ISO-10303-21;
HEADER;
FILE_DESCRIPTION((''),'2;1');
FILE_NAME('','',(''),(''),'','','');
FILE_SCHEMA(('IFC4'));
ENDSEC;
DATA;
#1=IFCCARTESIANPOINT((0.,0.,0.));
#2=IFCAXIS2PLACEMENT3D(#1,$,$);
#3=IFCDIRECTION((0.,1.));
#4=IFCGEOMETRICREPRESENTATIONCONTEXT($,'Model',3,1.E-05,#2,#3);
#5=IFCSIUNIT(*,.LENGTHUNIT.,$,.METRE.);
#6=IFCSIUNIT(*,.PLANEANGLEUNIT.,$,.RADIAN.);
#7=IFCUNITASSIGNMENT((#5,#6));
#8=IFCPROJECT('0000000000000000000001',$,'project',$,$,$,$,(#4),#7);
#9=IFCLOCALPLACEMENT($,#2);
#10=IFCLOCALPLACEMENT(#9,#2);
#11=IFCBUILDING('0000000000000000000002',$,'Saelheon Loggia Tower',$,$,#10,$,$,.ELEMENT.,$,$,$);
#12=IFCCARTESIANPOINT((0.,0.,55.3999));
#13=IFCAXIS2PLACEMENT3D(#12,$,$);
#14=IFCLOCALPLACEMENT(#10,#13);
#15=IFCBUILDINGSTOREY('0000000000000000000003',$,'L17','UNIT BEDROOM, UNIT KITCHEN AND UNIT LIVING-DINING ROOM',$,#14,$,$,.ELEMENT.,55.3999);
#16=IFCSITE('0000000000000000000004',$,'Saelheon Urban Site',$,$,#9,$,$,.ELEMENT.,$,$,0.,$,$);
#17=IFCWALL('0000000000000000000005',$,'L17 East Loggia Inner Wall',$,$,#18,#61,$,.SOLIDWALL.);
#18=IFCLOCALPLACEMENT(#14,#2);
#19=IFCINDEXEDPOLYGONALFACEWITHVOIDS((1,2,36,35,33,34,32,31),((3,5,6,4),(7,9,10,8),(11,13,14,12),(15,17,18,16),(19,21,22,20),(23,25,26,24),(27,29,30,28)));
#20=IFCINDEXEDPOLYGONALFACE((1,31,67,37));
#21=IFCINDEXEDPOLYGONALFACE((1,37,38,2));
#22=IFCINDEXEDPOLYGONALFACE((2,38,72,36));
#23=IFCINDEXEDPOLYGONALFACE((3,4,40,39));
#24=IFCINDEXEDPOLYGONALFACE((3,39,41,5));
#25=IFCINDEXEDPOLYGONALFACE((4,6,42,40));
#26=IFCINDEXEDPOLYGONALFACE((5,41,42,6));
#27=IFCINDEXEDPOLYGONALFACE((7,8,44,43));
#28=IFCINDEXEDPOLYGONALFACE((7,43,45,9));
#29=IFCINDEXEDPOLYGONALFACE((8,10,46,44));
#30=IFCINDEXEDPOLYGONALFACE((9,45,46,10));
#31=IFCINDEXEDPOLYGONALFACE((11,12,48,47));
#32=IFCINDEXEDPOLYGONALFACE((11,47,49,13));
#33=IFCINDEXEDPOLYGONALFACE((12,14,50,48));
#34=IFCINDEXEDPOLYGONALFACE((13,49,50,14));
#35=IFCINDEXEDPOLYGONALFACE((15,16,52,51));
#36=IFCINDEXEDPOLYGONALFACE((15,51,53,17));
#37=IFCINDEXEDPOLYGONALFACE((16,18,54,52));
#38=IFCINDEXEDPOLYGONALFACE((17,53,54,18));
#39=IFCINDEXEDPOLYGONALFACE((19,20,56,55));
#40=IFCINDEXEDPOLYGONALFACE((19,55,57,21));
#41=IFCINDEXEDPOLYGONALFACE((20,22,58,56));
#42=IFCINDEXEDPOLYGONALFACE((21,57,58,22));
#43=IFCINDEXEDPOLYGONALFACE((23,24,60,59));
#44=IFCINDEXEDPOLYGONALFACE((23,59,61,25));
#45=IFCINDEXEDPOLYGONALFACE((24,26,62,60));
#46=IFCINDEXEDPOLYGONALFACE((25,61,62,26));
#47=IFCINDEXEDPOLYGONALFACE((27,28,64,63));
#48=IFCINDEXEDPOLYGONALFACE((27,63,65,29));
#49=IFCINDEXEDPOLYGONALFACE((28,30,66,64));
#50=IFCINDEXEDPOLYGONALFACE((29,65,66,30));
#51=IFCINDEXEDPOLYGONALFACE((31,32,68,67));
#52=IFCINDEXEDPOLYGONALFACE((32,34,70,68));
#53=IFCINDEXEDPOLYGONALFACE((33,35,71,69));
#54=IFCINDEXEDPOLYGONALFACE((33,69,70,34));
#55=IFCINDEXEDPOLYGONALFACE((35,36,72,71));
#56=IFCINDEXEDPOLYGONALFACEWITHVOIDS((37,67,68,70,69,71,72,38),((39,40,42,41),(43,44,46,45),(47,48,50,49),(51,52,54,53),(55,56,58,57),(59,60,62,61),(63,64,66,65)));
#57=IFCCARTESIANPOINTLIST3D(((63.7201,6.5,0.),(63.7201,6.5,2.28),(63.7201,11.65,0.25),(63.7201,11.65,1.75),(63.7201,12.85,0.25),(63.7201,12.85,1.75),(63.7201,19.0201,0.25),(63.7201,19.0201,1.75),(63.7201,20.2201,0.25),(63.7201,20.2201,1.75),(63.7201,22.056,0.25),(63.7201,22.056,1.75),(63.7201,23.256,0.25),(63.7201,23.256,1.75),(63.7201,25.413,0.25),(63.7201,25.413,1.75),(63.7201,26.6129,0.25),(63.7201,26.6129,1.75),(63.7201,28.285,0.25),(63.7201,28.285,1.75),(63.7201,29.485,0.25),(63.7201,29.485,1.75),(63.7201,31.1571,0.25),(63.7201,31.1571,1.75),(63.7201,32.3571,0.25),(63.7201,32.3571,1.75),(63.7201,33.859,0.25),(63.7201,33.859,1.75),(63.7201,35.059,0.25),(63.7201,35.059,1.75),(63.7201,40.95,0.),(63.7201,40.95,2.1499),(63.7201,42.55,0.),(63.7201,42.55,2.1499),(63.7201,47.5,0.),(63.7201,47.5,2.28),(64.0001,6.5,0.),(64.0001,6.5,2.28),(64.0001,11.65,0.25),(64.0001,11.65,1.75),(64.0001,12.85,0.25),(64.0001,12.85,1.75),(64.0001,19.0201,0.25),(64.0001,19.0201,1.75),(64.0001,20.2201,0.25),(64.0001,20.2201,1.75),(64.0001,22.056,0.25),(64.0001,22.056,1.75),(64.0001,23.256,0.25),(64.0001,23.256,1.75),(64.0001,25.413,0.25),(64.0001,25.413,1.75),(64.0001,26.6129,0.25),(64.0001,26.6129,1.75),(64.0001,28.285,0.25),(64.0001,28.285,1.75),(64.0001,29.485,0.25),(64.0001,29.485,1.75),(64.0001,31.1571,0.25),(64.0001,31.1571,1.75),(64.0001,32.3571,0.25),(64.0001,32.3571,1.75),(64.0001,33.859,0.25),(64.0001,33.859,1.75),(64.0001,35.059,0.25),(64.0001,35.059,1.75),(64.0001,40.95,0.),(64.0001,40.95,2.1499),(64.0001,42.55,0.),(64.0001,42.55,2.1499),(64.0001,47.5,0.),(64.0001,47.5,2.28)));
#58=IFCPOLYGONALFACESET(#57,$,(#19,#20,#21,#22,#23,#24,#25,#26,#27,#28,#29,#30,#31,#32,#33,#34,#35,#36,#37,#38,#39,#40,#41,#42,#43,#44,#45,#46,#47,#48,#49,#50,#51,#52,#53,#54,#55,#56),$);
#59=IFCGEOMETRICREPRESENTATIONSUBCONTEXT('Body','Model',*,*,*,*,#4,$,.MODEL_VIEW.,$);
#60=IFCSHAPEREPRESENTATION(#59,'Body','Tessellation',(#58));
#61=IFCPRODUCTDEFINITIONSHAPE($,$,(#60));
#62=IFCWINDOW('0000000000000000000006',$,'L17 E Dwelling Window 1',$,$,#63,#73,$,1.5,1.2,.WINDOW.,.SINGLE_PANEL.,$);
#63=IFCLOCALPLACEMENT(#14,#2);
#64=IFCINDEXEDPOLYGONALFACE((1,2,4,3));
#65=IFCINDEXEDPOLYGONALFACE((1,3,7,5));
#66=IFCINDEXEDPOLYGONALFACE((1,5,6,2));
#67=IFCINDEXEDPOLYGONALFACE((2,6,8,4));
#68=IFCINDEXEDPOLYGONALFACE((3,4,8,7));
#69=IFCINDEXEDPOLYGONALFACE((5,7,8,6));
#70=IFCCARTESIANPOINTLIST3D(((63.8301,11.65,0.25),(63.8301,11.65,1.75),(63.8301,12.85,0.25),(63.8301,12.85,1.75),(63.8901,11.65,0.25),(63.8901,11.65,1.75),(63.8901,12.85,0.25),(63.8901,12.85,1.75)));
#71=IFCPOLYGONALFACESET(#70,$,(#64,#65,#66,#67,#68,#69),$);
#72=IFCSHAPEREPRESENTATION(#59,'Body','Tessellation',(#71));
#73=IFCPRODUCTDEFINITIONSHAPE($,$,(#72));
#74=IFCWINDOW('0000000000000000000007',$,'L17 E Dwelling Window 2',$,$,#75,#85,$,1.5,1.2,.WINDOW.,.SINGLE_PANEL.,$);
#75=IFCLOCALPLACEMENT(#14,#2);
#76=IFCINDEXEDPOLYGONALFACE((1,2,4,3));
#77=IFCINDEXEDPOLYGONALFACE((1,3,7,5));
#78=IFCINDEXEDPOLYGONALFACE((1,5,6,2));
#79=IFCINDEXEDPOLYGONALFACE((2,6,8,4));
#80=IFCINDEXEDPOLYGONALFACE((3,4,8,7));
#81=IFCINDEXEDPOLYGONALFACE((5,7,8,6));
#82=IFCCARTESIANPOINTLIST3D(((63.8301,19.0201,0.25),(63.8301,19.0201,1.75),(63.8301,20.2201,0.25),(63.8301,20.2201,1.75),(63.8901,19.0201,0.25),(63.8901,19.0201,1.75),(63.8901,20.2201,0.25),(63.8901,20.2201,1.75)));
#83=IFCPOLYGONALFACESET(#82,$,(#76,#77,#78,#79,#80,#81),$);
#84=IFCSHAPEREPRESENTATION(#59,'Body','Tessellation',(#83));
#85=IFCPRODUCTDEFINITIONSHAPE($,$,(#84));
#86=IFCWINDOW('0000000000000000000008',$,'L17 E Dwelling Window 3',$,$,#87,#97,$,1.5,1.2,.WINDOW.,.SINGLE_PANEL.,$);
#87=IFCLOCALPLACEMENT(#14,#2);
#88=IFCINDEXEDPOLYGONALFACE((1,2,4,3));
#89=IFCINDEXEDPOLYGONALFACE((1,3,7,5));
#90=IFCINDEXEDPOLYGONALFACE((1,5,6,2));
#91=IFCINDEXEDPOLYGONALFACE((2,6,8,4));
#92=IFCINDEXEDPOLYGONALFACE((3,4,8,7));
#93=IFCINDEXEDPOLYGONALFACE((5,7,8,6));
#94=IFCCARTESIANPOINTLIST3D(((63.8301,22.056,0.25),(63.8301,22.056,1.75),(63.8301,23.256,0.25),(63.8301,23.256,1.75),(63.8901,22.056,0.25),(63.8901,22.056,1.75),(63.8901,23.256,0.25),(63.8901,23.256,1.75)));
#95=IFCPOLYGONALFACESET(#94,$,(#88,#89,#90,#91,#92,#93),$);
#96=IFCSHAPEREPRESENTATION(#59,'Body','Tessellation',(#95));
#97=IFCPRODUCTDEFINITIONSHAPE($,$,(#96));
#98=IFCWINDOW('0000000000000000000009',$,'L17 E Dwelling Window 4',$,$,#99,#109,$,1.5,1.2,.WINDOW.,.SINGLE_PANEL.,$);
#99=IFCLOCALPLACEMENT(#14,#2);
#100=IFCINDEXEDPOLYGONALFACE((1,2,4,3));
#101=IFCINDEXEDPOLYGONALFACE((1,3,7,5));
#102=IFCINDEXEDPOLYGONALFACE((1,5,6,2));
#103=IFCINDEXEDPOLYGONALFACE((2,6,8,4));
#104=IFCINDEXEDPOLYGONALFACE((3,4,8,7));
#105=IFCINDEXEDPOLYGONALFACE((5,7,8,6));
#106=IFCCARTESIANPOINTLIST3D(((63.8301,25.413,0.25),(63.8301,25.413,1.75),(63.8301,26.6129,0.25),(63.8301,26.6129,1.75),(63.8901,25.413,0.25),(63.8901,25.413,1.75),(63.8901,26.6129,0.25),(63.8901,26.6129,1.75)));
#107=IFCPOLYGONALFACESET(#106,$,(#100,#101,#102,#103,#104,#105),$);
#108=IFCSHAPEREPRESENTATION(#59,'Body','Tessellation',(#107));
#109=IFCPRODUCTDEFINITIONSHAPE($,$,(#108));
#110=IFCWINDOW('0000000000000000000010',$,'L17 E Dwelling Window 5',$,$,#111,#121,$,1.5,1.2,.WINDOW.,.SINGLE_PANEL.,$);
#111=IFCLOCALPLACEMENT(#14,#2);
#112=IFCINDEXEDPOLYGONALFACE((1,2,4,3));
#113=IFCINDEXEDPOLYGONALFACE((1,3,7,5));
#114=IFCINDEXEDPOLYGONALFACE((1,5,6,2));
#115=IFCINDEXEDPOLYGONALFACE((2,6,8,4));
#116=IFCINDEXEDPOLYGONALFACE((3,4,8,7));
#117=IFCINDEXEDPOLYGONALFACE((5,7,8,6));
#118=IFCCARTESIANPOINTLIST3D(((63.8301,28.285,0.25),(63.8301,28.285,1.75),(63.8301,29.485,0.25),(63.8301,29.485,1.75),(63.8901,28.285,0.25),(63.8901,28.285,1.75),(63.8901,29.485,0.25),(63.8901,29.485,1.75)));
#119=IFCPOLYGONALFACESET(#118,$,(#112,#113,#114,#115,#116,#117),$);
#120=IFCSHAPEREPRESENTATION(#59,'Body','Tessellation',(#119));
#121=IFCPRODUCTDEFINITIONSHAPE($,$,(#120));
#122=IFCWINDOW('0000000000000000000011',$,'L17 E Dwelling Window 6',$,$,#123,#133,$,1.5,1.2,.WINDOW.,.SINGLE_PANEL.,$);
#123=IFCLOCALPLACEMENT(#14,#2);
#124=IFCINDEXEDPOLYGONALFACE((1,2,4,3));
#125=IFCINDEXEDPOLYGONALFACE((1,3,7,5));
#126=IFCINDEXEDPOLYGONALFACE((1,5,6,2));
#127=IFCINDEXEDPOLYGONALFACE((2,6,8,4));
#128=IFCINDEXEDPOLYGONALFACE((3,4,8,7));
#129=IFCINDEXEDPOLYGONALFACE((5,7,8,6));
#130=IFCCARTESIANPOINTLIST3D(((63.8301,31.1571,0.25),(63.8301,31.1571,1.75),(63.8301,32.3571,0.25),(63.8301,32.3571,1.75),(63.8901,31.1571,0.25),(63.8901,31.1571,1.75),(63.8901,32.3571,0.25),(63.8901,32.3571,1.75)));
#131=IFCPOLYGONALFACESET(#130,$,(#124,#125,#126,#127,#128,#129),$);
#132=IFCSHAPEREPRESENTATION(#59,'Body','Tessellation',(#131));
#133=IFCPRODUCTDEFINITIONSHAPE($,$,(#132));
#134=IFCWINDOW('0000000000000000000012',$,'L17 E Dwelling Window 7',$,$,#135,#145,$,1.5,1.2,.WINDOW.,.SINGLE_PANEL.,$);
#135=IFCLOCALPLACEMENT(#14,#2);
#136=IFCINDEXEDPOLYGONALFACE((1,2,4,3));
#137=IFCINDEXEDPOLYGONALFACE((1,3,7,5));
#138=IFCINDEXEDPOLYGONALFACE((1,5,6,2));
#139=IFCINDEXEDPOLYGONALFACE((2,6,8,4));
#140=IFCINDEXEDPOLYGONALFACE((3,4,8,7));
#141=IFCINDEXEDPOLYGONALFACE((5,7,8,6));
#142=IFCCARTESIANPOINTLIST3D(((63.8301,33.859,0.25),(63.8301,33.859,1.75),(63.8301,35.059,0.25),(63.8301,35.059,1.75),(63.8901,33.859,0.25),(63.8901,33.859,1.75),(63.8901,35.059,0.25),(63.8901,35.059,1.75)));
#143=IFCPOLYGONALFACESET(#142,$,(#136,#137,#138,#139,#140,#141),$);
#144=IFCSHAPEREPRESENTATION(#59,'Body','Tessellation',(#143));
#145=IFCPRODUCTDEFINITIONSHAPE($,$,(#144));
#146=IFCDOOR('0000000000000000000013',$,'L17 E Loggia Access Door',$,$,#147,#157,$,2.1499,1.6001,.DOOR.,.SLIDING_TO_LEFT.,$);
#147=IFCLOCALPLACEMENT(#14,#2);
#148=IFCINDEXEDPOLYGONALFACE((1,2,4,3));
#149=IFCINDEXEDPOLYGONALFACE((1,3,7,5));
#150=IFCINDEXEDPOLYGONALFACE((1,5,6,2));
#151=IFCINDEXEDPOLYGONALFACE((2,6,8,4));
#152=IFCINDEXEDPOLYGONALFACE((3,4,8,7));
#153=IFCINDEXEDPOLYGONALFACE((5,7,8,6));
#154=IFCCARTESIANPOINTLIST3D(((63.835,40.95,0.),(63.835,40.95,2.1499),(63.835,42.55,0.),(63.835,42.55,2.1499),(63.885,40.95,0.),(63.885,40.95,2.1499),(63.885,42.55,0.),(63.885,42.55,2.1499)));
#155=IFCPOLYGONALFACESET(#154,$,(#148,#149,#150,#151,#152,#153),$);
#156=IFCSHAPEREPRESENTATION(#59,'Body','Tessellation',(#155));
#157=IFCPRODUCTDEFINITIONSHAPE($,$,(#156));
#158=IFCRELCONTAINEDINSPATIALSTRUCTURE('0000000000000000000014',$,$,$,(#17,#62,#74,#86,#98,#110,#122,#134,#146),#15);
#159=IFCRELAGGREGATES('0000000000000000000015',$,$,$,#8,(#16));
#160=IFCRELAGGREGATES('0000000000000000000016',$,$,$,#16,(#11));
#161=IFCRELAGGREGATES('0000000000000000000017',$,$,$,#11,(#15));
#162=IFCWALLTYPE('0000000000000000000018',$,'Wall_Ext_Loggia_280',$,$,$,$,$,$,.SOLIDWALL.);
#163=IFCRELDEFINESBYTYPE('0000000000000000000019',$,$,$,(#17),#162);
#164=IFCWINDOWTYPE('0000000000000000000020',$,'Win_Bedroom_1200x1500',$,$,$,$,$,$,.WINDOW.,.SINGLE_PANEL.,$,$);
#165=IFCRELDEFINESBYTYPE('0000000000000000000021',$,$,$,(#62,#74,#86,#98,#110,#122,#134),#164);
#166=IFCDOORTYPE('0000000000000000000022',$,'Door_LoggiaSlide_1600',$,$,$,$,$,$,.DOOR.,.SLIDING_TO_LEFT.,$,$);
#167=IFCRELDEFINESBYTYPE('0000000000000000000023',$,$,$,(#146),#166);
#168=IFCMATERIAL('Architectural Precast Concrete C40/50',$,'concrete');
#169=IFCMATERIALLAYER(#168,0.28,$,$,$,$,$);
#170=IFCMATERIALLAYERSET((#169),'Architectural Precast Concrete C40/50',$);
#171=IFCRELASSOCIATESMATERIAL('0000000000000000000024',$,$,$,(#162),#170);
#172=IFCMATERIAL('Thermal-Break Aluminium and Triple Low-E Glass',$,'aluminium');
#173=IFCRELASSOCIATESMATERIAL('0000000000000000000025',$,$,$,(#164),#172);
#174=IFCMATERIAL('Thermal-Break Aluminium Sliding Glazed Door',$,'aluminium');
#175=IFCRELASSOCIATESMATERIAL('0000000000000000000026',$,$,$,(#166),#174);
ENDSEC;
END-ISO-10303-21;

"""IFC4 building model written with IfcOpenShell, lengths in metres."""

from ifc_helpers import new_model, si_unit, direction, frame, frame_2d, origin, place, context, subcontext, project, spatial, rectangle, extrude, source, transform, mapped, material, layer, layer_set, type_object, element, fill, save


model = new_model("IFC4")

# Units and contexts
model_context = context("Model", 3, precision=1e-05, world=origin(), true_north=direction((0.0, 1.0)))
body_context = subcontext(model_context, "Body", "Model", "MODEL_VIEW")
ifc_project = project(units=[si_unit("LENGTHUNIT", "METRE"), si_unit("PLANEANGLEUNIT", "RADIAN")], contexts=[model_context])

# Site, building, storey
site_placement = place(None, origin())
site = spatial("IfcSite", under=ifc_project, at=site_placement, Name="Saelheon Urban Site", CompositionType="ELEMENT", RefElevation=0.0)
building_placement = place(site_placement, origin())
building = spatial("IfcBuilding", under=site, at=building_placement, Name="Saelheon Loggia Tower", CompositionType="ELEMENT")
storey_placement = place(building_placement, frame((0.0, 0.0, 55.3999)))
storey = spatial("IfcBuildingStorey", under=building, at=storey_placement, Name="L17", Description="UNIT BEDROOM, UNIT KITCHEN AND UNIT LIVING-DINING ROOM", CompositionType="ELEMENT", Elevation=55.3999)

# Wall, openings, windows, door
ifc_material_1 = material(Name="Architectural Precast Concrete C40/50", Category="concrete")
ifc_layer_1 = layer(ifc_material_1, 0.28)
ifc_layer_set_1 = layer_set([ifc_layer_1], Name="Architectural Precast Concrete C40/50")
wall_type_1 = type_object("IfcWallType", Name="Wall_Ext_Loggia_280", PredefinedType="SOLIDWALL", material=ifc_layer_set_1)
wall_1_placement = place(storey_placement, frame((63.8601, 6.5, 0.0), z_axis=(0.0, 0.0, 1.0), x_axis=(0.0, 1.0, 0.0)))
wall_1 = element("IfcWall", 1, at=wall_1_placement, inside=storey, type_object=wall_type_1, Name="L17 East Loggia Inner Wall", PredefinedType="SOLIDWALL", context=body_context, shape_type="SweptSolid", body=[
    extrude(rectangle(XDim=41.0, YDim=0.28, at=frame_2d((20.5, 0.0))), origin(), (0.0, 0.0, 1.0), 2.28),
])
opening_1_placement = place(wall_1_placement, frame((5.1499, 0.0, 0.25)))
opening_1 = element("IfcOpeningElement", 2, at=opening_1_placement, cuts=wall_1, PredefinedType="OPENING", context=body_context, shape_type="SweptSolid", body=[
    extrude(rectangle(XDim=1.2, YDim=1.5, at=frame_2d((0.6001, 0.75))), frame((0.0, 0.1521, 0.0), z_axis=(0.0, -1.0, 0.0), x_axis=(1.0, 0.0, 0.0)), (0.0, 0.0, 1.0), 0.304),
])
opening_2_placement = place(wall_1_placement, frame((12.52, 0.0, 0.25)))
opening_2 = element("IfcOpeningElement", 3, at=opening_2_placement, cuts=wall_1, PredefinedType="OPENING", context=body_context, shape_type="SweptSolid", body=[
    extrude(rectangle(XDim=1.2, YDim=1.5, at=frame_2d((0.6001, 0.75))), frame((0.0, 0.1521, 0.0), z_axis=(0.0, -1.0, 0.0), x_axis=(1.0, 0.0, 0.0)), (0.0, 0.0, 1.0), 0.304),
])
opening_3_placement = place(wall_1_placement, frame((15.5559, 0.0, 0.25)))
opening_3 = element("IfcOpeningElement", 4, at=opening_3_placement, cuts=wall_1, PredefinedType="OPENING", context=body_context, shape_type="SweptSolid", body=[
    extrude(rectangle(XDim=1.2, YDim=1.5, at=frame_2d((0.6001, 0.75))), frame((0.0, 0.1521, 0.0), z_axis=(0.0, -1.0, 0.0), x_axis=(1.0, 0.0, 0.0)), (0.0, 0.0, 1.0), 0.304),
])
opening_4_placement = place(wall_1_placement, frame((18.9128, 0.0, 0.25)))
opening_4 = element("IfcOpeningElement", 5, at=opening_4_placement, cuts=wall_1, PredefinedType="OPENING", context=body_context, shape_type="SweptSolid", body=[
    extrude(rectangle(XDim=1.2, YDim=1.5, at=frame_2d((0.6001, 0.75))), frame((0.0, 0.1521, 0.0), z_axis=(0.0, -1.0, 0.0), x_axis=(1.0, 0.0, 0.0)), (0.0, 0.0, 1.0), 0.304),
])
opening_5_placement = place(wall_1_placement, frame((21.7849, 0.0, 0.25)))
opening_5 = element("IfcOpeningElement", 6, at=opening_5_placement, cuts=wall_1, PredefinedType="OPENING", context=body_context, shape_type="SweptSolid", body=[
    extrude(rectangle(XDim=1.2, YDim=1.5, at=frame_2d((0.6001, 0.75))), frame((0.0, 0.1521, 0.0), z_axis=(0.0, -1.0, 0.0), x_axis=(1.0, 0.0, 0.0)), (0.0, 0.0, 1.0), 0.304),
])
opening_6_placement = place(wall_1_placement, frame((24.657, 0.0, 0.25)))
opening_6 = element("IfcOpeningElement", 7, at=opening_6_placement, cuts=wall_1, PredefinedType="OPENING", context=body_context, shape_type="SweptSolid", body=[
    extrude(rectangle(XDim=1.2, YDim=1.5, at=frame_2d((0.6001, 0.75))), frame((0.0, 0.1521, 0.0), z_axis=(0.0, -1.0, 0.0), x_axis=(1.0, 0.0, 0.0)), (0.0, 0.0, 1.0), 0.304),
])
opening_7_placement = place(wall_1_placement, frame((27.3589, 0.0, 0.25)))
opening_7 = element("IfcOpeningElement", 8, at=opening_7_placement, cuts=wall_1, PredefinedType="OPENING", context=body_context, shape_type="SweptSolid", body=[
    extrude(rectangle(XDim=1.2, YDim=1.5, at=frame_2d((0.6001, 0.75))), frame((0.0, 0.1521, 0.0), z_axis=(0.0, -1.0, 0.0), x_axis=(1.0, 0.0, 0.0)), (0.0, 0.0, 1.0), 0.304),
])
opening_8_placement = place(wall_1_placement, frame((36.05, 0.0, 0.0), z_axis=(0.0, 0.0, 1.0), x_axis=(-1.0, 0.0, 0.0)))
opening_8 = element("IfcOpeningElement", 9, at=opening_8_placement, cuts=wall_1, PredefinedType="OPENING", context=body_context, shape_type="SweptSolid", body=[
    extrude(rectangle(XDim=1.6001, YDim=2.1499, at=frame_2d((0.8, 1.075))), frame((0.0, 0.1521, 0.0), z_axis=(0.0, -1.0, 0.0), x_axis=(1.0, 0.0, 0.0)), (0.0, 0.0, 1.0), 0.304),
])
ifc_material_2 = material(Name="Thermal-Break Aluminium and Triple Low-E Glass", Category="aluminium")
window_type = type_object("IfcWindowType", Name="Win_Bedroom_1200x1500", PartitioningType="SINGLE_PANEL", PredefinedType="WINDOW", material=ifc_material_2)
shared_shape_1 = source(origin(), body_context, "Body", "SweptSolid", [
    extrude(rectangle(XDim=1.2, YDim=1.5, at=frame_2d((0.6001, 0.75))), frame((0.0, 0.03, 0.0), z_axis=(0.0, -1.0, 0.0), x_axis=(1.0, 0.0, 0.0)), (0.0, 0.0, 1.0), 0.0601),
])
window_1_placement = place(opening_1_placement, origin())
window_1 = element("IfcWindow", 10, at=window_1_placement, inside=storey, type_object=window_type, Name="L17 E Dwelling Window 1", OverallHeight=1.5, OverallWidth=1.2, PartitioningType="SINGLE_PANEL", PredefinedType="WINDOW", context=body_context, shape_type="MappedRepresentation", body=[
    mapped(shared_shape_1, transform((0.0, 0.0, 0.0), scale=1.0)),
])
fill(opening_1, window_1)
window_2_placement = place(opening_2_placement, origin())
window_2 = element("IfcWindow", 11, at=window_2_placement, inside=storey, type_object=window_type, Name="L17 E Dwelling Window 2", OverallHeight=1.5, OverallWidth=1.2, PartitioningType="SINGLE_PANEL", PredefinedType="WINDOW", context=body_context, shape_type="MappedRepresentation", body=[
    mapped(shared_shape_1, transform((0.0, 0.0, 0.0), scale=1.0)),
])
fill(opening_2, window_2)
window_3_placement = place(opening_3_placement, origin())
window_3 = element("IfcWindow", 12, at=window_3_placement, inside=storey, type_object=window_type, Name="L17 E Dwelling Window 3", OverallHeight=1.5, OverallWidth=1.2, PartitioningType="SINGLE_PANEL", PredefinedType="WINDOW", context=body_context, shape_type="MappedRepresentation", body=[
    mapped(shared_shape_1, transform((0.0, 0.0, 0.0), scale=1.0)),
])
fill(opening_3, window_3)
window_4_placement = place(opening_4_placement, origin())
window_4 = element("IfcWindow", 13, at=window_4_placement, inside=storey, type_object=window_type, Name="L17 E Dwelling Window 4", OverallHeight=1.5, OverallWidth=1.2, PartitioningType="SINGLE_PANEL", PredefinedType="WINDOW", context=body_context, shape_type="MappedRepresentation", body=[
    mapped(shared_shape_1, transform((0.0, 0.0, 0.0), scale=1.0)),
])
fill(opening_4, window_4)
window_5_placement = place(opening_5_placement, origin())
window_5 = element("IfcWindow", 14, at=window_5_placement, inside=storey, type_object=window_type, Name="L17 E Dwelling Window 5", OverallHeight=1.5, OverallWidth=1.2, PartitioningType="SINGLE_PANEL", PredefinedType="WINDOW", context=body_context, shape_type="MappedRepresentation", body=[
    mapped(shared_shape_1, transform((0.0, 0.0, 0.0), scale=1.0)),
])
fill(opening_5, window_5)
window_6_placement = place(opening_6_placement, origin())
window_6 = element("IfcWindow", 15, at=window_6_placement, inside=storey, type_object=window_type, Name="L17 E Dwelling Window 6", OverallHeight=1.5, OverallWidth=1.2, PartitioningType="SINGLE_PANEL", PredefinedType="WINDOW", context=body_context, shape_type="MappedRepresentation", body=[
    mapped(shared_shape_1, transform((0.0, 0.0, 0.0), scale=1.0)),
])
fill(opening_6, window_6)
window_7_placement = place(opening_7_placement, origin())
window_7 = element("IfcWindow", 16, at=window_7_placement, inside=storey, type_object=window_type, Name="L17 E Dwelling Window 7", OverallHeight=1.5, OverallWidth=1.2, PartitioningType="SINGLE_PANEL", PredefinedType="WINDOW", context=body_context, shape_type="MappedRepresentation", body=[
    mapped(shared_shape_1, transform((0.0, 0.0, 0.0), scale=1.0)),
])
fill(opening_7, window_7)
ifc_material_3 = material(Name="Thermal-Break Aluminium Sliding Glazed Door", Category="aluminium")
door_type = type_object("IfcDoorType", Name="Door_LoggiaSlide_1600", OperationType="SLIDING_TO_LEFT", PredefinedType="DOOR", material=ifc_material_3)
shared_shape_2 = source(origin(), body_context, "Body", "SweptSolid", [
    extrude(rectangle(XDim=1.6001, YDim=2.1499, at=frame_2d((0.8, 1.075))), frame((0.0, 0.0249, 0.0), z_axis=(0.0, -1.0, 0.0), x_axis=(1.0, 0.0, 0.0)), (0.0, 0.0, 1.0), 0.05),
])
door_placement = place(opening_8_placement, origin())
door = element("IfcDoor", 17, at=door_placement, inside=storey, type_object=door_type, Name="L17 E Loggia Access Door", OperationType="SLIDING_TO_LEFT", OverallHeight=2.1499, OverallWidth=1.6001, PredefinedType="DOOR", context=body_context, shape_type="MappedRepresentation", body=[
    mapped(shared_shape_2, transform((0.0, 0.0, 0.0), scale=1.0)),
])
fill(opening_8, door)

save(model, "model.ifc")
